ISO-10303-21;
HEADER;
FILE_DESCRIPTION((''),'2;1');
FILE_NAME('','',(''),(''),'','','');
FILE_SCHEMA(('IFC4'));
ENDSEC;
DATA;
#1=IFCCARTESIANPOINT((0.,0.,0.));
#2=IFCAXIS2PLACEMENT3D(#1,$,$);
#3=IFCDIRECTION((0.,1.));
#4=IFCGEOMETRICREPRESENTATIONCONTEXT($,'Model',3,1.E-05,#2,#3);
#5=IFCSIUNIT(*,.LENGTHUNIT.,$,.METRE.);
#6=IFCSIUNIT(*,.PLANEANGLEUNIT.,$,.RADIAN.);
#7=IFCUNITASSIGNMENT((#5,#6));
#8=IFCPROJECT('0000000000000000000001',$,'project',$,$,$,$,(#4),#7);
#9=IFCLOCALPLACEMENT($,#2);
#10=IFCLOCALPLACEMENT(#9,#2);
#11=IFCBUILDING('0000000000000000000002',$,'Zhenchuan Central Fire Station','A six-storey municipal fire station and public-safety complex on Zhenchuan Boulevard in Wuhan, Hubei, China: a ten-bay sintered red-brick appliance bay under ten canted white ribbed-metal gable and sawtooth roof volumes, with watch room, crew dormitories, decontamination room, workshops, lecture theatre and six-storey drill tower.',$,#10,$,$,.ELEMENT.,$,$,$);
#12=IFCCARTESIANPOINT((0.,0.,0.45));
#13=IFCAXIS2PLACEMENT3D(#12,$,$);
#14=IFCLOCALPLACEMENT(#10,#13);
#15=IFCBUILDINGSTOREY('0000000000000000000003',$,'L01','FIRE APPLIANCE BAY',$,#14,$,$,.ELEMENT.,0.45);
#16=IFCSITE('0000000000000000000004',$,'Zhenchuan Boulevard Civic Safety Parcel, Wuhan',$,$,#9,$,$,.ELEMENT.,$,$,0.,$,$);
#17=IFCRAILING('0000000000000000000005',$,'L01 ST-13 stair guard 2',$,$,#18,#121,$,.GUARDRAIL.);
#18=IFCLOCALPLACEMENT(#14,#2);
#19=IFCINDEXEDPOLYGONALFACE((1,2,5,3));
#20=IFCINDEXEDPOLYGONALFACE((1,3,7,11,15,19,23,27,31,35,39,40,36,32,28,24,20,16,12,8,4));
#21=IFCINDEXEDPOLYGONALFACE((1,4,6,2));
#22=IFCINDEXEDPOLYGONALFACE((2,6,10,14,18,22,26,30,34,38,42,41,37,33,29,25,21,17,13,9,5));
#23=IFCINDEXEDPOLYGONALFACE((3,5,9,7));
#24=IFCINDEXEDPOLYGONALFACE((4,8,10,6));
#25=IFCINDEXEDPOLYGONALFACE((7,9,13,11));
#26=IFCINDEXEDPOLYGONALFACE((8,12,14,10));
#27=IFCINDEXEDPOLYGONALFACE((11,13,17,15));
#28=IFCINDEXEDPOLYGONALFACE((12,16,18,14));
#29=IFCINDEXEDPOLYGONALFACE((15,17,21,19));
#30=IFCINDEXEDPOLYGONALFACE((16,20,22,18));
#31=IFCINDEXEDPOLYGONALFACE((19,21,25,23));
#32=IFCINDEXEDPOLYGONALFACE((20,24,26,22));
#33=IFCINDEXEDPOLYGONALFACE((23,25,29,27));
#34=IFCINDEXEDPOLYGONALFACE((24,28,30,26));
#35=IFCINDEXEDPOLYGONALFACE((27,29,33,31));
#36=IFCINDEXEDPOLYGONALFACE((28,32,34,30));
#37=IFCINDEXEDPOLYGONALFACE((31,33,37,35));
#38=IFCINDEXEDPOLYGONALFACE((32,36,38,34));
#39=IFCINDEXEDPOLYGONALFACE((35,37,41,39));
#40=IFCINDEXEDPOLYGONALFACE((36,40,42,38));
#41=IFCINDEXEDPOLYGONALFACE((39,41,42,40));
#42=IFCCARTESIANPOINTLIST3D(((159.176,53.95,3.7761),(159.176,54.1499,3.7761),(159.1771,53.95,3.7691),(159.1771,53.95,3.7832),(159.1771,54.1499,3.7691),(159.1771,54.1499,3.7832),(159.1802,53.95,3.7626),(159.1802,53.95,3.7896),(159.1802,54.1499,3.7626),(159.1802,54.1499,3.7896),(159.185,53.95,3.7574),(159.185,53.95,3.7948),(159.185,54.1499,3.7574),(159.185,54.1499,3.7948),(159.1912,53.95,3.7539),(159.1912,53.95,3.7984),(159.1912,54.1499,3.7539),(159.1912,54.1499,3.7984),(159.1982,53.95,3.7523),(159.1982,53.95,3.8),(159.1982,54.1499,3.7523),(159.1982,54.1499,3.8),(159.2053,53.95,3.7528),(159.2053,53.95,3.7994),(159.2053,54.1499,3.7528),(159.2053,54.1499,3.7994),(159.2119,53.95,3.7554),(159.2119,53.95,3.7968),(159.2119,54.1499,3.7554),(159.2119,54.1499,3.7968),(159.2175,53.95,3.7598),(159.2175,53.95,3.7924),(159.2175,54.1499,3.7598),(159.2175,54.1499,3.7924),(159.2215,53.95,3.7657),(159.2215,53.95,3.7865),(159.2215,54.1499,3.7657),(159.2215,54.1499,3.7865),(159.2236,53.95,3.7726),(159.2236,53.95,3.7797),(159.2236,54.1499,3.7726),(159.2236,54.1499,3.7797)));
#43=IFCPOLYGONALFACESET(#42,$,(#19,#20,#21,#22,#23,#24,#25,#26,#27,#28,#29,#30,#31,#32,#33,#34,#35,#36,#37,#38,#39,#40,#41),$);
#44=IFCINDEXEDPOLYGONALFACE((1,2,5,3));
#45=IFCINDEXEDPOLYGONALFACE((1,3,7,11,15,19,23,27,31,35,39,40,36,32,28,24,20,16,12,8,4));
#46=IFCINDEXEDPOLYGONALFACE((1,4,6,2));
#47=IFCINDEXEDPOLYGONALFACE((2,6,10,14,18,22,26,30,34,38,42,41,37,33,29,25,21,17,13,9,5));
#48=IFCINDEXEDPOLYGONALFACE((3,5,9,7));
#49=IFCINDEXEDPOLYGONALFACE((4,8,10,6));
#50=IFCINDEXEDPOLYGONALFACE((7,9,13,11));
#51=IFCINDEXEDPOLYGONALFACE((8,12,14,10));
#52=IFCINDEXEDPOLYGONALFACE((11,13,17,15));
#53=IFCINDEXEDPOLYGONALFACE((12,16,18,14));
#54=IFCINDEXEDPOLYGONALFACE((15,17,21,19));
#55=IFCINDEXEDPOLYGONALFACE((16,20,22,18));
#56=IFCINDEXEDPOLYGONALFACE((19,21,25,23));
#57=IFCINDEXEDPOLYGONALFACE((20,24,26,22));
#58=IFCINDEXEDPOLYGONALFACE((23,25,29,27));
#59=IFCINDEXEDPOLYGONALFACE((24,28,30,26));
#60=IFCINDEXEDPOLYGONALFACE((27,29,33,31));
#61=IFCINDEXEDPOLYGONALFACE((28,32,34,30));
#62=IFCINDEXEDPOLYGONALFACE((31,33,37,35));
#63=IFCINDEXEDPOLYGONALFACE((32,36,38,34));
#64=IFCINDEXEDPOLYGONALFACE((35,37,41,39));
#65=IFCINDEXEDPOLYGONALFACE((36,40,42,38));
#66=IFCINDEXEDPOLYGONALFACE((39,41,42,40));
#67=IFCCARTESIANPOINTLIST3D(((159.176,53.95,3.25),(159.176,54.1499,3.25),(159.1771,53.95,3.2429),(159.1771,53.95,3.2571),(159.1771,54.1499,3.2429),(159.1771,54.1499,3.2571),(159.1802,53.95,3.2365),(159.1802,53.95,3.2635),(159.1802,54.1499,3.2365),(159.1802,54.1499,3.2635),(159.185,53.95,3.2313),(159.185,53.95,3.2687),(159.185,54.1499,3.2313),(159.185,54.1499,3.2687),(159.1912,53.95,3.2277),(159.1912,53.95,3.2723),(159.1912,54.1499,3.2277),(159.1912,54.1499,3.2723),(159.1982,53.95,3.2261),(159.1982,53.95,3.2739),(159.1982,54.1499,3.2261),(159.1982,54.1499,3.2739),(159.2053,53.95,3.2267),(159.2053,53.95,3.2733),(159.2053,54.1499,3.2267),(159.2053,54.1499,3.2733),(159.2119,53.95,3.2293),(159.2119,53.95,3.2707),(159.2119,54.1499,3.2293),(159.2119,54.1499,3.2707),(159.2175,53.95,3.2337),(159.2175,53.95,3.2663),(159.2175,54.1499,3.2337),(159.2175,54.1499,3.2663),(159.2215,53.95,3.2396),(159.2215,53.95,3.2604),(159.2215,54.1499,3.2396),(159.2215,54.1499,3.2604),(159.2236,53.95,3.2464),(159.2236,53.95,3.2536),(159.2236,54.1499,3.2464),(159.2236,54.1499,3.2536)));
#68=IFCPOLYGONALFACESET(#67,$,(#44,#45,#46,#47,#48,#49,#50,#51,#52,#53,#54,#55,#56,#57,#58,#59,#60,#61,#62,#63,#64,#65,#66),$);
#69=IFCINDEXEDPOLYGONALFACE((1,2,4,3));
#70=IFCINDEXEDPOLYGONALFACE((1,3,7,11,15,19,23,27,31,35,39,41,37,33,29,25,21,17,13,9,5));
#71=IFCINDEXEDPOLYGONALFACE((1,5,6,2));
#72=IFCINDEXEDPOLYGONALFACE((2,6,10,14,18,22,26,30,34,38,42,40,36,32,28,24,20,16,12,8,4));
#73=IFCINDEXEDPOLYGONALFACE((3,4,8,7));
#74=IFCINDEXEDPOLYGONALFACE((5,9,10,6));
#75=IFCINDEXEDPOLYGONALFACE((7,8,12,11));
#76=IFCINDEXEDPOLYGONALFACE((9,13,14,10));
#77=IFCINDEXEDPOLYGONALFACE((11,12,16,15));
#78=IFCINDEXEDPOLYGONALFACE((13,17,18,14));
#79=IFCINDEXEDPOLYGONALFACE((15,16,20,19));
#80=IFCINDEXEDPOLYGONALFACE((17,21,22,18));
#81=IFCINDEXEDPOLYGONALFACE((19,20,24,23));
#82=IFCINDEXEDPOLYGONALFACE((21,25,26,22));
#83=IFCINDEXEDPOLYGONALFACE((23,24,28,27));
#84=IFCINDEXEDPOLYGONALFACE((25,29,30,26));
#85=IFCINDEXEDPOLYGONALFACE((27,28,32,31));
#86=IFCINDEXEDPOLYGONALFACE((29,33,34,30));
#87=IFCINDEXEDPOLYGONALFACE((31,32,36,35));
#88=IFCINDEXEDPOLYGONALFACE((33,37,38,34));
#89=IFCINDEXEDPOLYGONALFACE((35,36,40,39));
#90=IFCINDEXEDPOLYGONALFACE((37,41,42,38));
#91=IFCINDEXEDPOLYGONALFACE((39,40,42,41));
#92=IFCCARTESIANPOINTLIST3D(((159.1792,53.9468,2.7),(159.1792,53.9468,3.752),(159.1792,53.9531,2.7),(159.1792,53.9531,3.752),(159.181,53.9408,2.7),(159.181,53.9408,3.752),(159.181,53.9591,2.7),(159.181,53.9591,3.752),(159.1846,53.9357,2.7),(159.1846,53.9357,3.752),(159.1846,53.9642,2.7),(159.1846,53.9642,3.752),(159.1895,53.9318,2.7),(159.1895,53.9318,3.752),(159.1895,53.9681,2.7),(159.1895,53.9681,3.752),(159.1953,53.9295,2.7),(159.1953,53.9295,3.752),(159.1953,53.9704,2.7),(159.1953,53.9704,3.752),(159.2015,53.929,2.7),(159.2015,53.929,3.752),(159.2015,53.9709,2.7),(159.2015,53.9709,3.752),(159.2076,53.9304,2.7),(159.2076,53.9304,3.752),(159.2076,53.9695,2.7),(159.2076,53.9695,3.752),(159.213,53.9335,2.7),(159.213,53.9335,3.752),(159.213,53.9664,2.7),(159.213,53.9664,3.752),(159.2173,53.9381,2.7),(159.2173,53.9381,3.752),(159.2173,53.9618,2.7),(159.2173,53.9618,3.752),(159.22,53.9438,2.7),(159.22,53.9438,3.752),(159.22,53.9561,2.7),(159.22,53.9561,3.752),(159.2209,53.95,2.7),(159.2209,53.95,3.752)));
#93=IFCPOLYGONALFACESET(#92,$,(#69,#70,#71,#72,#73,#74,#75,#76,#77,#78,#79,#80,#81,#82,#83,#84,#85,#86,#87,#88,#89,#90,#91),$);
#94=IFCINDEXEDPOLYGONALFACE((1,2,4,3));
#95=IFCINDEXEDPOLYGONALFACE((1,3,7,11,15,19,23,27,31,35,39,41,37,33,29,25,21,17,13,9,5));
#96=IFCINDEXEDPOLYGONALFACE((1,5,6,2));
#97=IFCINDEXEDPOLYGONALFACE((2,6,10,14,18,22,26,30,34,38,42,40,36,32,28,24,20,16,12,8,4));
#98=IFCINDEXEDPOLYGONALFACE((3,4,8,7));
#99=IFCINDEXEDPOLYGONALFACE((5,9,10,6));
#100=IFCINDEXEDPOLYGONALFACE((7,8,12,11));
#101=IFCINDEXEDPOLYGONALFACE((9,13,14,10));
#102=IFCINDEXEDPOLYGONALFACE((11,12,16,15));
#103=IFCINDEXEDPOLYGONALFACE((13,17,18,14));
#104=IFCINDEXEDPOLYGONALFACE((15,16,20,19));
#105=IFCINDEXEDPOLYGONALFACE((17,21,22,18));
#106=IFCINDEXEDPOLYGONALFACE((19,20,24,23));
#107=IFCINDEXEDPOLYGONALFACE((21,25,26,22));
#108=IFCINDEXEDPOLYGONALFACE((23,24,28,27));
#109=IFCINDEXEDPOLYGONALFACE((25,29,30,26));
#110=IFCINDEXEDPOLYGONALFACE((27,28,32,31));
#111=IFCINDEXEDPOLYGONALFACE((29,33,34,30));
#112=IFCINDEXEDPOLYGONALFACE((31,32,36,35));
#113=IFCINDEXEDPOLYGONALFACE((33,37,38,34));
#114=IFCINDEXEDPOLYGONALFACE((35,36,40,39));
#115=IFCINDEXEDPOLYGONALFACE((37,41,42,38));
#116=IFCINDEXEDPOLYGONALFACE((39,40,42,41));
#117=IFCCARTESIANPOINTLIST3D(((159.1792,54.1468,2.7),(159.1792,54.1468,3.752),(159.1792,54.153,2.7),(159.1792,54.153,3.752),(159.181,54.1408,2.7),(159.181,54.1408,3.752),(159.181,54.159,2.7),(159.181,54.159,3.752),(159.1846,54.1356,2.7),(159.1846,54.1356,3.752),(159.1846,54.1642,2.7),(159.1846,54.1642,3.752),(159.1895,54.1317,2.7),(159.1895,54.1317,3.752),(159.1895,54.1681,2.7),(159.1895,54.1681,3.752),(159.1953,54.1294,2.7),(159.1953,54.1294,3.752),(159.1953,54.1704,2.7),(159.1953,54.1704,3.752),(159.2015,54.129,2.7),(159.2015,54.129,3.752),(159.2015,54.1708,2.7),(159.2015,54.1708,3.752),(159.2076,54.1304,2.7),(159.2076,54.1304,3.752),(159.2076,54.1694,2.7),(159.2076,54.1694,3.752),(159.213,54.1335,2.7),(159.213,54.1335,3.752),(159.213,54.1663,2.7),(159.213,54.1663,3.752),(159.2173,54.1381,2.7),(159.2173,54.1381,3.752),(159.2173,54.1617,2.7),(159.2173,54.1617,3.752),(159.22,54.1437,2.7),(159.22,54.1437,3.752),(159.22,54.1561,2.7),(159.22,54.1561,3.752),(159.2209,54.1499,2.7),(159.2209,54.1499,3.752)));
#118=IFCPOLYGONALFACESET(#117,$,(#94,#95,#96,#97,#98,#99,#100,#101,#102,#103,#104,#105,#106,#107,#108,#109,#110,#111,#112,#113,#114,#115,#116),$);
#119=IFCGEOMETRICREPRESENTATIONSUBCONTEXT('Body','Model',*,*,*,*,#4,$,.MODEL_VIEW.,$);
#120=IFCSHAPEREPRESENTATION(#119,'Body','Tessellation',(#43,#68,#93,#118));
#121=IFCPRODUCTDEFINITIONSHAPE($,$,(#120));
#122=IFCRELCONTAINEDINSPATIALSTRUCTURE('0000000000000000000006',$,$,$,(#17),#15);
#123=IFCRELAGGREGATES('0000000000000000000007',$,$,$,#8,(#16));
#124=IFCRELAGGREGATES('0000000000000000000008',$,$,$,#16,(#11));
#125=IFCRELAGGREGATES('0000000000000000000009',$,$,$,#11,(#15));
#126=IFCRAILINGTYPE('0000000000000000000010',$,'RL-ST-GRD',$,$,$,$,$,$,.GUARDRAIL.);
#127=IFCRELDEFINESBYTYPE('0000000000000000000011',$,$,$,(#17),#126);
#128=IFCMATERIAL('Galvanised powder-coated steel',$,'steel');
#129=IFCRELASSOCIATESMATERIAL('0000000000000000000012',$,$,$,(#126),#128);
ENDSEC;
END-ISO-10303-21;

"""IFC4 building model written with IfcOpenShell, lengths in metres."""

from ifc_helpers import new_model, si_unit, direction, frame, origin, origin_2d, place, context, subcontext, project, spatial, circle, extrude, material, type_object, element, save


model = new_model("IFC4")

# Units and contexts
model_context = context("Model", 3, precision=1e-05, world=origin(), true_north=direction((0.0, 1.0)))
body_context = subcontext(model_context, "Body", "Model", "MODEL_VIEW")
ifc_project = project(units=[si_unit("LENGTHUNIT", "METRE"), si_unit("PLANEANGLEUNIT", "RADIAN")], contexts=[model_context])

# Site, building, storey
site_placement = place(None, origin())
site = spatial("IfcSite", under=ifc_project, at=site_placement, Name="Zhenchuan Boulevard Civic Safety Parcel, Wuhan", CompositionType="ELEMENT", RefElevation=0.0)
building_placement = place(site_placement, origin())
building = spatial("IfcBuilding", under=site, at=building_placement, Name="Zhenchuan Central Fire Station", Description="A six-storey municipal fire station and public-safety complex on Zhenchuan Boulevard in Wuhan, Hubei, China: a ten-bay sintered red-brick appliance bay under ten canted white ribbed-metal gable and sawtooth roof volumes, with watch room, crew dormitories, decontamination room, workshops, lecture theatre and six-storey drill tower.", CompositionType="ELEMENT")
storey_placement = place(building_placement, frame((0.0, 0.0, 0.45)))
storey = spatial("IfcBuildingStorey", under=building, at=storey_placement, Name="L01", Description="FIRE APPLIANCE BAY", CompositionType="ELEMENT", Elevation=0.45)

# Railing
ifc_material_1 = material(Name="Galvanised powder-coated steel", Category="steel")
railing_type_1 = type_object("IfcRailingType", Name="RL-ST-GRD", PredefinedType="GUARDRAIL", material=ifc_material_1)
railing_1_placement = place(storey_placement, frame((159.2, 53.95, 2.7)))
element("IfcRailing", 1, at=railing_1_placement, inside=storey, type_object=railing_type_1, Name="L01 ST-13 stair guard 2", PredefinedType="GUARDRAIL", context=body_context, shape_type="SweptSolid", body=[
    extrude(circle(Radius=0.0239, at=origin_2d()), frame((0.0, 0.0, 1.0762), z_axis=(0.0, 1.0, 0.0), x_axis=(-1.0, 0.0, 0.0)), (0.0, 0.0, 1.0), 0.2),
    extrude(circle(Radius=0.0239, at=origin_2d()), frame((0.0, 0.0, 0.55), z_axis=(0.0, 1.0, 0.0), x_axis=(-1.0, 0.0, 0.0)), (0.0, 0.0, 1.0), 0.2),
    extrude(circle(Radius=0.021, at=origin_2d()), origin(), (0.0, 0.0, 1.0), 1.052),
    extrude(circle(Radius=0.021, at=origin_2d()), frame((0.0, 0.2, 0.0)), (0.0, 0.0, 1.0), 1.052),
])

save(model, "model.ifc")
